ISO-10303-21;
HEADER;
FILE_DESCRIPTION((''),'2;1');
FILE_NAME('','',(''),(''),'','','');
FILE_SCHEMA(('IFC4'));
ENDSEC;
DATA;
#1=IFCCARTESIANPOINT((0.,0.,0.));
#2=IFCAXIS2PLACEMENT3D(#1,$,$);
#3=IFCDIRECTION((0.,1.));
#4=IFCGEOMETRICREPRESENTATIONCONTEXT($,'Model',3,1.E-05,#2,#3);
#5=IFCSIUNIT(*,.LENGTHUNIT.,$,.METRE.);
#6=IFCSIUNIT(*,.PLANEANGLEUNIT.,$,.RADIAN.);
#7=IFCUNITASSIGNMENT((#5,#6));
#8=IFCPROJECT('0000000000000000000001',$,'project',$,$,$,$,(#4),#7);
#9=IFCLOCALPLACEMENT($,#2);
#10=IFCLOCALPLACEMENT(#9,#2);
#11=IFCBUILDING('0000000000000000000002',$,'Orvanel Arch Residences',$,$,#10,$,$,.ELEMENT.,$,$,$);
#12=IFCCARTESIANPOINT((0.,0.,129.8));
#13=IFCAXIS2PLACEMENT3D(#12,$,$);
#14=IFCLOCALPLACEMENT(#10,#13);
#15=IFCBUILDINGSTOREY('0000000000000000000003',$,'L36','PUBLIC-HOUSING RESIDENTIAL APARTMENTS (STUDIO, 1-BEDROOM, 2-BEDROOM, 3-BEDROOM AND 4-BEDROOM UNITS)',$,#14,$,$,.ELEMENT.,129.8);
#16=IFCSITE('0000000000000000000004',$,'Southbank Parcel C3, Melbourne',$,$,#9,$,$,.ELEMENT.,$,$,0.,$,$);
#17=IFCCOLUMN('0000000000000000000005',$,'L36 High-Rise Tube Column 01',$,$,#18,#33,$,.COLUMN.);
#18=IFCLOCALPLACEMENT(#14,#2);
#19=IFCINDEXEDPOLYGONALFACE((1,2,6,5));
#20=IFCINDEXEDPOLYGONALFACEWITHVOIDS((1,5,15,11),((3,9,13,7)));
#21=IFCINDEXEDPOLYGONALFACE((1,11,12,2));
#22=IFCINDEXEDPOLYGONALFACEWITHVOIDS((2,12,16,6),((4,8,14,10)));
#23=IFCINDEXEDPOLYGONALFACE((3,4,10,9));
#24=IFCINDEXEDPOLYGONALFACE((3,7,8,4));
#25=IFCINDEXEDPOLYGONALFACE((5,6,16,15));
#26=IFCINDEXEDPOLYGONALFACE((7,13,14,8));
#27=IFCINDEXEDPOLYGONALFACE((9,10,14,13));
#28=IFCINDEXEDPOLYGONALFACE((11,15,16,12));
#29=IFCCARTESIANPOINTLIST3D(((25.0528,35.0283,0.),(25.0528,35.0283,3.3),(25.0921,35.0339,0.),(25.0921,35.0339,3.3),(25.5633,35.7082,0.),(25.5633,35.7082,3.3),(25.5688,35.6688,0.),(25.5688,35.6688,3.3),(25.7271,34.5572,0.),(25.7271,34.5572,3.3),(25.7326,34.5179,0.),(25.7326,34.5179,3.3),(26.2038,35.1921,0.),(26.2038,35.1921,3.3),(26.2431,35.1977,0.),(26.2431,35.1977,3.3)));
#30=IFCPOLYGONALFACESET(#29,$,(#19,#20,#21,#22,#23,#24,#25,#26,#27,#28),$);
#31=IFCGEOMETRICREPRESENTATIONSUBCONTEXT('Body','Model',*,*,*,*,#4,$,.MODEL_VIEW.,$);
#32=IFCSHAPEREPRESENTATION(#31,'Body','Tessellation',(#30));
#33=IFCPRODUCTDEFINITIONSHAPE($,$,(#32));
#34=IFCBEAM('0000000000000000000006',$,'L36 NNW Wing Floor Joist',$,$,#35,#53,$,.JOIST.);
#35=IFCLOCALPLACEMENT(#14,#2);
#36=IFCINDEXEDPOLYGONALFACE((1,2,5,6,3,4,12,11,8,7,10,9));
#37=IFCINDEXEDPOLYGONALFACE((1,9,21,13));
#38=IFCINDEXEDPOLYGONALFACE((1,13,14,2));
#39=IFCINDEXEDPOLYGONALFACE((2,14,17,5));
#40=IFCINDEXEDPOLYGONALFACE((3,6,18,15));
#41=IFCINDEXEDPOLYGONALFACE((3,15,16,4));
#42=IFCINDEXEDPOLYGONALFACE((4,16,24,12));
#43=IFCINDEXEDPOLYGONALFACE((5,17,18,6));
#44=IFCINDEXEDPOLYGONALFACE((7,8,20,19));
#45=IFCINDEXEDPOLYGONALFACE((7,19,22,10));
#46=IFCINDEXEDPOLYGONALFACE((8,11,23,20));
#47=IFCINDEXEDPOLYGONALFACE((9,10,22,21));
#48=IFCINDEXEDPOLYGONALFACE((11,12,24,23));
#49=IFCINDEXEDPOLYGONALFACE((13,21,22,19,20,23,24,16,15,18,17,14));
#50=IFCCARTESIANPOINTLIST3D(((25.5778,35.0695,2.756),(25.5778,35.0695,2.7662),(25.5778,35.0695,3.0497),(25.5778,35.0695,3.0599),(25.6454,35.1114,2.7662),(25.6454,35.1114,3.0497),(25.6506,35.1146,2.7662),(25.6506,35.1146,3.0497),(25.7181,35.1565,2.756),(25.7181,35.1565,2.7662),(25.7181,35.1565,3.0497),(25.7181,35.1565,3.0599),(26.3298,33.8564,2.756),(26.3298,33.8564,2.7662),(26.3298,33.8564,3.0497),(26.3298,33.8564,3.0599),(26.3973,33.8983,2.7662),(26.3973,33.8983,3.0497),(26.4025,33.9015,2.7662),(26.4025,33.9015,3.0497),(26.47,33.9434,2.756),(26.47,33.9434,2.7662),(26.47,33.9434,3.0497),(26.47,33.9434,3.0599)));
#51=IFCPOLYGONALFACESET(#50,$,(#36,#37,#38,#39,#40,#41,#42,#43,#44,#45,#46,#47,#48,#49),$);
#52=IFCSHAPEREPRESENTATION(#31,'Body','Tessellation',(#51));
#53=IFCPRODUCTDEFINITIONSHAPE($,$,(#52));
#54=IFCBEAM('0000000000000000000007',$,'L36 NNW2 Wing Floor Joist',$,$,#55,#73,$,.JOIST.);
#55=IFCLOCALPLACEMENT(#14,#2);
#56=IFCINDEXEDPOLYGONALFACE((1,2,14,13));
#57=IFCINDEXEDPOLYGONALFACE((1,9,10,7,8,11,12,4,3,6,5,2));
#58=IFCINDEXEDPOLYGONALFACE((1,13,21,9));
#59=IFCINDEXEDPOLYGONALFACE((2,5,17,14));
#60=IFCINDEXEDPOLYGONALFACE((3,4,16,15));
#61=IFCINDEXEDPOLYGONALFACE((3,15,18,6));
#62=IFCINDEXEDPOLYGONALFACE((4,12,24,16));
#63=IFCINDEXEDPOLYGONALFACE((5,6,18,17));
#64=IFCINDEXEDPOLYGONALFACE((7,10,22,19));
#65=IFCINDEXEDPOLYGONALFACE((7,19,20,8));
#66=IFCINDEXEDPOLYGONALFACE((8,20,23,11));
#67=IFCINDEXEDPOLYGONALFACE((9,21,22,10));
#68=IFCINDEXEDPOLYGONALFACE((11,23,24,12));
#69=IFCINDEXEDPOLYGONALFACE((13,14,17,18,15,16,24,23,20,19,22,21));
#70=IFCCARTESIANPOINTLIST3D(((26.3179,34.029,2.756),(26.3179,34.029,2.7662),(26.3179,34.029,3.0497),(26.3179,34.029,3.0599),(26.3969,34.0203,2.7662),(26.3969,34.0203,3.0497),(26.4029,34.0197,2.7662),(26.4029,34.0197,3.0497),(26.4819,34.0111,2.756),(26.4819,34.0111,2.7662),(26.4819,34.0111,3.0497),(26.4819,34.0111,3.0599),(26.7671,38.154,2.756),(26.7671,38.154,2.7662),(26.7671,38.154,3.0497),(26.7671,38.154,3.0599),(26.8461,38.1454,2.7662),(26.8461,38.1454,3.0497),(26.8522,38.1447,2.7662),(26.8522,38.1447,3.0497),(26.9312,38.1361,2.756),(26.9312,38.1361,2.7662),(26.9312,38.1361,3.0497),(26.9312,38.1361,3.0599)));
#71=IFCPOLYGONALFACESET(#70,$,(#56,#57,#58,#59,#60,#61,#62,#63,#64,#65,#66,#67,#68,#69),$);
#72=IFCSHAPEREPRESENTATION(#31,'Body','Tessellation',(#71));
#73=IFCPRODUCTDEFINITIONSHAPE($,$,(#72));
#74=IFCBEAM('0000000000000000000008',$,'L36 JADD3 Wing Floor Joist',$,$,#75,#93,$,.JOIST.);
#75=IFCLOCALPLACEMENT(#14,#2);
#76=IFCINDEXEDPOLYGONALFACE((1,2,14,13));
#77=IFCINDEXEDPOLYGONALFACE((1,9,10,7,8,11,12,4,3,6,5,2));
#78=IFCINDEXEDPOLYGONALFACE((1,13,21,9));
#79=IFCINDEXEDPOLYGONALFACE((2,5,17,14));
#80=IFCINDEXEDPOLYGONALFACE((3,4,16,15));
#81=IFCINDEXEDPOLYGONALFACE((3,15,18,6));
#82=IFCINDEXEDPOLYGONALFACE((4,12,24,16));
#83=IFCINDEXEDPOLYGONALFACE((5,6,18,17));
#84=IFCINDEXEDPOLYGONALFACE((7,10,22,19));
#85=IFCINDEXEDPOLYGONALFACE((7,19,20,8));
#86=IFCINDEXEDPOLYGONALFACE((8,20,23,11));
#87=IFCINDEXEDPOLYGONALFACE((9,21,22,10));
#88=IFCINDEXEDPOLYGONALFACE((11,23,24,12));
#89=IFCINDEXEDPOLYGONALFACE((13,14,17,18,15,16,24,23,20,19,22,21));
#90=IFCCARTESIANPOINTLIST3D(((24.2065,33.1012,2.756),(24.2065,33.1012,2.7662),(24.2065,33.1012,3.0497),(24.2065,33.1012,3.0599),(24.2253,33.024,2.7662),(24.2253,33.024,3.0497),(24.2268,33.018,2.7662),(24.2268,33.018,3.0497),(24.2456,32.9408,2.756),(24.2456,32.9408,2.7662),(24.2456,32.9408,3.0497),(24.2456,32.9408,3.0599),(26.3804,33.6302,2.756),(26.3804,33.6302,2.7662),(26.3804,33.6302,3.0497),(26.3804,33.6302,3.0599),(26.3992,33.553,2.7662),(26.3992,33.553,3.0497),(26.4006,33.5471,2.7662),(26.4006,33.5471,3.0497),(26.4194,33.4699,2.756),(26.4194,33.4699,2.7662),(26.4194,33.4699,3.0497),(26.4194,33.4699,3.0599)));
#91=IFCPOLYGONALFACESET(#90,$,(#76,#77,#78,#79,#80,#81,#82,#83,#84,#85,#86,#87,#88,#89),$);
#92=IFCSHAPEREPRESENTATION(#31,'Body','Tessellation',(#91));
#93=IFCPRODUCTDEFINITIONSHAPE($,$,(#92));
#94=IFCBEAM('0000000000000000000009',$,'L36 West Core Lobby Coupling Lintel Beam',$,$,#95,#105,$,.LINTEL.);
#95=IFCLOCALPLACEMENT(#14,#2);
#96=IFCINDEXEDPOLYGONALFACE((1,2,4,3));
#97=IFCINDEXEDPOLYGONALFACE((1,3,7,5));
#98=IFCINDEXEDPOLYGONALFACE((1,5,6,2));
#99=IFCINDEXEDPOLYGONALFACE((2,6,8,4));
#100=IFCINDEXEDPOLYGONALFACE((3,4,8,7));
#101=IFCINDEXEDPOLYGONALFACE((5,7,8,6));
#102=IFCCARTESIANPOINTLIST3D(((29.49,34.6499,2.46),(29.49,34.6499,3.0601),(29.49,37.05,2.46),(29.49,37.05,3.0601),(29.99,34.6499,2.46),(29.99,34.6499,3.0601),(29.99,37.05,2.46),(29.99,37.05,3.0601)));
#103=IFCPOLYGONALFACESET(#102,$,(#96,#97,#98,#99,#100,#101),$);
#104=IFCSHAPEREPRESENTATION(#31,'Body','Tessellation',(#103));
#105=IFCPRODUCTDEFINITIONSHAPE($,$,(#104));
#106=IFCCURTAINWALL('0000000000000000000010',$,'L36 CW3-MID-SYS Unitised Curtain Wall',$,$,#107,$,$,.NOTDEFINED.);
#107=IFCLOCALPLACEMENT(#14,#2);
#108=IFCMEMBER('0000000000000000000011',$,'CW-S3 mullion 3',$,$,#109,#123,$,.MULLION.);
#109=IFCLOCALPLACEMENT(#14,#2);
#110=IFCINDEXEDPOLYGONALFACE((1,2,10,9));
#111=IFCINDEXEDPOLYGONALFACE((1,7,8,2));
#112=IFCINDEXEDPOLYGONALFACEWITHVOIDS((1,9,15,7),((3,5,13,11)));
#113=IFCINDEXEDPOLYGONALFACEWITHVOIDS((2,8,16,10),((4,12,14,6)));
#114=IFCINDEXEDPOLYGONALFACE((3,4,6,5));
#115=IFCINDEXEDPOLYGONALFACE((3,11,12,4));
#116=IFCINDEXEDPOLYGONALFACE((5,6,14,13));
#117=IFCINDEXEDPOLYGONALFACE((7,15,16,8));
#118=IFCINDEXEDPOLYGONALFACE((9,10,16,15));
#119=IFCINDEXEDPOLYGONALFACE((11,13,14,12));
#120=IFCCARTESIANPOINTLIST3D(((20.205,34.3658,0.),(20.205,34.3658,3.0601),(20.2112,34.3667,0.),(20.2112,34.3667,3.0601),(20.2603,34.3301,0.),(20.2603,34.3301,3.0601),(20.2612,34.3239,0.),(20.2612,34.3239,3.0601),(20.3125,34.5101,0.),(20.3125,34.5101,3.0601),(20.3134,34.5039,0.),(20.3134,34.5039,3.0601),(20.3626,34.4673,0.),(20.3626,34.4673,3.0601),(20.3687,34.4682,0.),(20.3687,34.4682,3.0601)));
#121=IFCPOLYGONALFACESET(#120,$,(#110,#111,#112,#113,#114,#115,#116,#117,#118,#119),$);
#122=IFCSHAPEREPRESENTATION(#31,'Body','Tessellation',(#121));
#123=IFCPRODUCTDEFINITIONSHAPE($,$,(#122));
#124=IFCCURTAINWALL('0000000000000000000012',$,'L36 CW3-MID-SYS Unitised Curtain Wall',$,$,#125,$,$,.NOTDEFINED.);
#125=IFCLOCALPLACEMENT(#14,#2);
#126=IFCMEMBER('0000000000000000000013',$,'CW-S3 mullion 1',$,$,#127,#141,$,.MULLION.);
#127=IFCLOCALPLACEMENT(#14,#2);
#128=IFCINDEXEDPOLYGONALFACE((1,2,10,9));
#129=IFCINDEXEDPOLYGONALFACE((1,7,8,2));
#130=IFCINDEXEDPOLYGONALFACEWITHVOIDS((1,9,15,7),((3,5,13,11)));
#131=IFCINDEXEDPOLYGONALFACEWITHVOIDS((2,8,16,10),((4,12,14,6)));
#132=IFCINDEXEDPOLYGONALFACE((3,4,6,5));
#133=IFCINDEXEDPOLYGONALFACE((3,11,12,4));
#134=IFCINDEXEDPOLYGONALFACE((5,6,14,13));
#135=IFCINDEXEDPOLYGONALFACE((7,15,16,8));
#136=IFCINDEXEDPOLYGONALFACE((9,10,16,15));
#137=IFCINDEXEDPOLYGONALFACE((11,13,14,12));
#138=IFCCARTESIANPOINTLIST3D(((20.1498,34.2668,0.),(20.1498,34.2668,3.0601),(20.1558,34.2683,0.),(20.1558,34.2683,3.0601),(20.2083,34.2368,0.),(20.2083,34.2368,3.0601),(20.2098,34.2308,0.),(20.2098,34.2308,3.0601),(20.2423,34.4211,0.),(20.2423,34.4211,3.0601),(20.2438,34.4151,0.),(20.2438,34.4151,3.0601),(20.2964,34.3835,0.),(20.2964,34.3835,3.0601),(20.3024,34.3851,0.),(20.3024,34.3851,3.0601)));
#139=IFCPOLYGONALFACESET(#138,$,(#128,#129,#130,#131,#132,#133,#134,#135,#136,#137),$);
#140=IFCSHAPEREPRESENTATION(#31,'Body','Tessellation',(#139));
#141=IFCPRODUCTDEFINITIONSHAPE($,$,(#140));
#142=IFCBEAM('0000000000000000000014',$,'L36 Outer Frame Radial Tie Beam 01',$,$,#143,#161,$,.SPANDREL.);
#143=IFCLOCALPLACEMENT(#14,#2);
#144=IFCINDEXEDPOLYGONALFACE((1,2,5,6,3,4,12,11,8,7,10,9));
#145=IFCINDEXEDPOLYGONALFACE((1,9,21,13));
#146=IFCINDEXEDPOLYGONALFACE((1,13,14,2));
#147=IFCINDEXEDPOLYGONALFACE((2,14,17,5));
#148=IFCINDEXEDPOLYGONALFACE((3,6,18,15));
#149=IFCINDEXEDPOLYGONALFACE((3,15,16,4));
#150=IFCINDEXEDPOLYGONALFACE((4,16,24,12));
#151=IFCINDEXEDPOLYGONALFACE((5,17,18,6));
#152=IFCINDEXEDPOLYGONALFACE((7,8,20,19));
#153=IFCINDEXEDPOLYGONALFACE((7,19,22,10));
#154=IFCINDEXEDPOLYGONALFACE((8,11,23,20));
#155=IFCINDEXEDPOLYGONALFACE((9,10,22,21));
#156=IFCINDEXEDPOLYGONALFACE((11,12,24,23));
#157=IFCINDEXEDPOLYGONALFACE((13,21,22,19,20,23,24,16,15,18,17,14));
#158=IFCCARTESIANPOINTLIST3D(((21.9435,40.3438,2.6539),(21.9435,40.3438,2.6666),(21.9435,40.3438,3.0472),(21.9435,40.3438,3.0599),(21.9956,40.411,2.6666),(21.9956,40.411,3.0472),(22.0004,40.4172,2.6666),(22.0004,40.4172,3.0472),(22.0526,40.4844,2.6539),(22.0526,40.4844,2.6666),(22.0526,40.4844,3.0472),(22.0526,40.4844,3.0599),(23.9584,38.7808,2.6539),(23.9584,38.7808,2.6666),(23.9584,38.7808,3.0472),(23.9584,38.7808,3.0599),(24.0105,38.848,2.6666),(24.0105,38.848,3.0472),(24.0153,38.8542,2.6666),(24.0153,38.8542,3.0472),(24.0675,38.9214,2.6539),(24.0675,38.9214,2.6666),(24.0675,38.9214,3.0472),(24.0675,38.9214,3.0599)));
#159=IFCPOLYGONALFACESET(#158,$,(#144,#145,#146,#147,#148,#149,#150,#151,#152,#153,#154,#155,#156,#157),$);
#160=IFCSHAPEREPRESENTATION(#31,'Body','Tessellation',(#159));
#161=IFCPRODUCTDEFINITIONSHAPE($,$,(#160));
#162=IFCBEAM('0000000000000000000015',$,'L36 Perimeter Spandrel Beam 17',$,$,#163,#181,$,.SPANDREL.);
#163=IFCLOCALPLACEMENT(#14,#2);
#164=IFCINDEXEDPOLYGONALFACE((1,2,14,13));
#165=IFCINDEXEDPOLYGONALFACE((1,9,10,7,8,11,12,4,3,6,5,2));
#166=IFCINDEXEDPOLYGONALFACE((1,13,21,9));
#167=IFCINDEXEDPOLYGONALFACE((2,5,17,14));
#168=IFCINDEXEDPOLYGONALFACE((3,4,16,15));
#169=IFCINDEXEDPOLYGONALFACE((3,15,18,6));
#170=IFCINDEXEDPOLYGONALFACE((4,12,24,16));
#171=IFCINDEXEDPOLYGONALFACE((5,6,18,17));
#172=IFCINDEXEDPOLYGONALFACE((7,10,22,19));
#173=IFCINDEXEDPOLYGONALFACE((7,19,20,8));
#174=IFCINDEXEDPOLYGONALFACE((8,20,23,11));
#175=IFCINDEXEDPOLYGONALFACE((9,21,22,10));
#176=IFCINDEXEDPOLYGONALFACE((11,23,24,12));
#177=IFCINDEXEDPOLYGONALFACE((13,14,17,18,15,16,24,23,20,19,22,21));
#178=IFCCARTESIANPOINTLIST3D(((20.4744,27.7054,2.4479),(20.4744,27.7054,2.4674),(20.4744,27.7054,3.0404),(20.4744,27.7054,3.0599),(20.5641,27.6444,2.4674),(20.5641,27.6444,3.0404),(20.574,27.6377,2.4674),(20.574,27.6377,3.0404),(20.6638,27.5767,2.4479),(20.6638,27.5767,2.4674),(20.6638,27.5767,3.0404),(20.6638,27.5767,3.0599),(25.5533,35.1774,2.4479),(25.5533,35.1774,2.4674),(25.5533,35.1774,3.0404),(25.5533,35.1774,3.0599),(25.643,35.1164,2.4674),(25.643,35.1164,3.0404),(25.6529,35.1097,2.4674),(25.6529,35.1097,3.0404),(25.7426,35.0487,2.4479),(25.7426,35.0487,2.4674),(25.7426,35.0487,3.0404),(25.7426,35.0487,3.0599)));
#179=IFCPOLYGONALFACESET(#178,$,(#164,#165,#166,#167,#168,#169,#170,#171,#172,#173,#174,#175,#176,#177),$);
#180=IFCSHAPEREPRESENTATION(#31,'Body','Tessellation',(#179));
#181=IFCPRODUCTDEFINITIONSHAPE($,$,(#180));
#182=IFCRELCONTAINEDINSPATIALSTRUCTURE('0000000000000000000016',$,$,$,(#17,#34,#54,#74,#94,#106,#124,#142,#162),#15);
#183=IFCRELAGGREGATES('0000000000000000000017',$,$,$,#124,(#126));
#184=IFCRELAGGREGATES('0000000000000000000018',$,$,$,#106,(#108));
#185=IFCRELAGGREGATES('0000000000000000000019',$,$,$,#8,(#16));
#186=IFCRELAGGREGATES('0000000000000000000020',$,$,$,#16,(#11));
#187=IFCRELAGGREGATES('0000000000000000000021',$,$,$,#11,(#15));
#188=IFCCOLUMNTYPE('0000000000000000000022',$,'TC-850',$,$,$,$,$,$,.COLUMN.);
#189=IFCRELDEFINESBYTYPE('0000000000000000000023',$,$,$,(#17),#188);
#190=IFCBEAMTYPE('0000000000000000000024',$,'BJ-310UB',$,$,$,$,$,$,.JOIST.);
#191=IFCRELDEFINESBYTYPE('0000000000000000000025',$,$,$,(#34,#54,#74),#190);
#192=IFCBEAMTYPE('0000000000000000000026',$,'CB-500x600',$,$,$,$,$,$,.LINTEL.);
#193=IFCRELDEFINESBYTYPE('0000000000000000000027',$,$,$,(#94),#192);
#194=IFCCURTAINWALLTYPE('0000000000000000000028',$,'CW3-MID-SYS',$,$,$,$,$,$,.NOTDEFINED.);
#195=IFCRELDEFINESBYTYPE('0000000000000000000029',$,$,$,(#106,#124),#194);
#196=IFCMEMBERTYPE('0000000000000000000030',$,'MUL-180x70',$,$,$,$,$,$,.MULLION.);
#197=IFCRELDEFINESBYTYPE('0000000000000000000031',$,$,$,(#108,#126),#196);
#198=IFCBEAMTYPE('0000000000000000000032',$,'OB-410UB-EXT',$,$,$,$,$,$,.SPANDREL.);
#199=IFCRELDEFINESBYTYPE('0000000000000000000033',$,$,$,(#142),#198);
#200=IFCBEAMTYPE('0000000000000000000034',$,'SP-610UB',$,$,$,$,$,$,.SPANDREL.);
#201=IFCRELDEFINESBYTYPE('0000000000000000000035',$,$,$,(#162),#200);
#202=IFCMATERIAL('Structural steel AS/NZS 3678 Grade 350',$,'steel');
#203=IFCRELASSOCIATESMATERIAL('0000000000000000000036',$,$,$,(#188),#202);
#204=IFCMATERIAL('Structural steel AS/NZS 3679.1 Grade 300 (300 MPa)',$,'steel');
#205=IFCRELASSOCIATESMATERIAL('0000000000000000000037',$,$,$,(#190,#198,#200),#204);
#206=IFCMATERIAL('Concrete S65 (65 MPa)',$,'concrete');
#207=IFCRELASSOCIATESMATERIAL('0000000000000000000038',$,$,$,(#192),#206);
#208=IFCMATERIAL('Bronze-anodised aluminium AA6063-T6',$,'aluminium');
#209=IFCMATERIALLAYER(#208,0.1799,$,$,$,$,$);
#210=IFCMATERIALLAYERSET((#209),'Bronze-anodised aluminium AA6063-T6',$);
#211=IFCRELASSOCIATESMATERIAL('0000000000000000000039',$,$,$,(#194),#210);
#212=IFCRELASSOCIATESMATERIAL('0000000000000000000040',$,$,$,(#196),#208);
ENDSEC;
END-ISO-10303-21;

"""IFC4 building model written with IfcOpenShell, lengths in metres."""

from ifc_helpers import new_model, si_unit, direction, frame, origin, origin_2d, place, context, subcontext, project, spatial, rectangle, hollow_rectangle, i_section, extrude, material, layer, layer_set, material_profile, profile_set, type_object, element, aggregate, save


model = new_model("IFC4")

# Units and contexts
model_context = context("Model", 3, precision=1e-05, world=origin(), true_north=direction((0.0, 1.0)))
body_context = subcontext(model_context, "Body", "Model", "MODEL_VIEW")
ifc_project = project(units=[si_unit("LENGTHUNIT", "METRE"), si_unit("PLANEANGLEUNIT", "RADIAN")], contexts=[model_context])

# Site, building, storey
site_placement = place(None, origin())
site = spatial("IfcSite", under=ifc_project, at=site_placement, Name="Southbank Parcel C3, Melbourne", CompositionType="ELEMENT", RefElevation=0.0)
building_placement = place(site_placement, origin())
building = spatial("IfcBuilding", under=site, at=building_placement, Name="Orvanel Arch Residences", CompositionType="ELEMENT")
storey_placement = place(building_placement, frame((0.0, 0.0, 129.8)))
storey = spatial("IfcBuildingStorey", under=building, at=storey_placement, Name="L36", Description="PUBLIC-HOUSING RESIDENTIAL APARTMENTS (STUDIO, 1-BEDROOM, 2-BEDROOM, 3-BEDROOM AND 4-BEDROOM UNITS)", CompositionType="ELEMENT", Elevation=129.8)

# Column
ifc_material_1 = material(Name="Structural steel AS/NZS 3678 Grade 350", Category="steel")
ifc_material_profile_1 = material_profile(ifc_material_1, hollow_rectangle(XDim=0.8501, YDim=0.8501, WallThickness=0.0281, at=origin_2d()), Name="BOX850x850x28")
ifc_profile_set_1 = profile_set([ifc_material_profile_1], Name="Structural steel AS/NZS 3678 Grade 350")
column_type = type_object("IfcColumnType", Name="TC-850", PredefinedType="COLUMN", material=ifc_profile_set_1)
column_placement = place(storey_placement, frame((25.6479, 35.113, 0.0), z_axis=(0.0, 0.0, 1.0), x_axis=(0.60042, 0.799685, 0.0)))
element("IfcColumn", 1, at=column_placement, inside=storey, type_object=column_type, Name="L36 High-Rise Tube Column 01", PredefinedType="COLUMN", context=body_context, shape_type="SweptSolid", body=[
    extrude(hollow_rectangle(XDim=0.8501, YDim=0.8501, WallThickness=0.0281, at=origin_2d()), origin(), (0.0, 0.0, 1.0), 3.3),
])

# Beams
ifc_material_2 = material(Name="Structural steel AS/NZS 3679.1 Grade 300 (300 MPa)", Category="steel")
ifc_material_profile_2 = material_profile(ifc_material_2, i_section(OverallWidth=0.165, OverallDepth=0.304, WebThickness=0.0061, FlangeThickness=0.0103, at=origin_2d()), Name="310UB40.4")
ifc_profile_set_2 = profile_set([ifc_material_profile_2], Name="Structural steel AS/NZS 3679.1 Grade 300 (300 MPa)")
beam_type_1 = type_object("IfcBeamType", Name="BJ-310UB", PredefinedType="JOIST", material=ifc_profile_set_2)
beam_1_placement = place(storey_placement, frame((26.3999, 33.8999, 2.908), z_axis=(-0.526843, 0.849962, 0.0), x_axis=(-0.849962, -0.526843, 0.0)))
element("IfcBeam", 2, at=beam_1_placement, inside=storey, type_object=beam_type_1, Name="L36 NNW Wing Floor Joist", PredefinedType="JOIST", context=body_context, shape_type="SweptSolid", body=[
    extrude(i_section(OverallWidth=0.165, OverallDepth=0.304, WebThickness=0.0061, FlangeThickness=0.0103, at=origin_2d()), origin(), (0.0, 0.0, 1.0), 1.4272),
])
beam_2_placement = place(storey_placement, frame((26.3999, 34.02, 2.908), z_axis=(0.108261, 0.994122, 0.0), x_axis=(-0.994122, 0.108261, 0.0)))
element("IfcBeam", 3, at=beam_2_placement, inside=storey, type_object=beam_type_1, Name="L36 NNW2 Wing Floor Joist", PredefinedType="JOIST", context=body_context, shape_type="SweptSolid", body=[
    extrude(i_section(OverallWidth=0.165, OverallDepth=0.304, WebThickness=0.0061, FlangeThickness=0.0103, at=origin_2d()), origin(), (0.0, 0.0, 1.0), 4.1494),
])
beam_3_placement = place(storey_placement, frame((26.3999, 33.55, 2.908), z_axis=(-0.971638, -0.236471, 0.0), x_axis=(0.236471, -0.971638, 0.0)))
element("IfcBeam", 4, at=beam_3_placement, inside=storey, type_object=beam_type_1, Name="L36 JADD3 Wing Floor Joist", PredefinedType="JOIST", context=body_context, shape_type="SweptSolid", body=[
    extrude(i_section(OverallWidth=0.165, OverallDepth=0.304, WebThickness=0.0061, FlangeThickness=0.0103, at=origin_2d()), origin(), (0.0, 0.0, 1.0), 2.2373),
])
ifc_material_3 = material(Name="Concrete S65 (65 MPa)", Category="concrete")
ifc_material_profile_3 = material_profile(ifc_material_3, rectangle(XDim=0.5, YDim=0.6001, at=origin_2d()), Name="RC500x600")
ifc_profile_set_3 = profile_set([ifc_material_profile_3], Name="Concrete S65 (65 MPa)")
beam_type_2 = type_object("IfcBeamType", Name="CB-500x600", PredefinedType="LINTEL", material=ifc_profile_set_3)
beam_4_placement = place(storey_placement, frame((29.74, 34.6499, 2.76), z_axis=(0.0, 1.0, 0.0), x_axis=(-1.0, 0.0, 0.0)))
element("IfcBeam", 5, at=beam_4_placement, inside=storey, type_object=beam_type_2, Name="L36 West Core Lobby Coupling Lintel Beam", PredefinedType="LINTEL", context=body_context, shape_type="SweptSolid", body=[
    extrude(rectangle(XDim=0.5, YDim=0.6001, at=origin_2d()), origin(), (0.0, 0.0, 1.0), 2.4001),
])

# Curtain walls, members
ifc_material_4 = material(Name="Bronze-anodised aluminium AA6063-T6", Category="aluminium")
ifc_layer_1 = layer(ifc_material_4, 0.1799)
ifc_layer_set_1 = layer_set([ifc_layer_1], Name="Bronze-anodised aluminium AA6063-T6")
curtain_wall_type = type_object("IfcCurtainWallType", Name="CW3-MID-SYS", PredefinedType="NOTDEFINED", material=ifc_layer_set_1)
curtain_wall_1_placement = place(storey_placement, origin())
curtain_wall_1 = element("IfcCurtainWall", 6, at=curtain_wall_1_placement, inside=storey, type_object=curtain_wall_type, Name="L36 CW3-MID-SYS Unitised Curtain Wall", PredefinedType="NOTDEFINED")
ifc_material_profile_4 = material_profile(ifc_material_4, hollow_rectangle(XDim=0.0701, YDim=0.1799, WallThickness=0.0044, at=origin_2d()), Name="ALU180x70x4.5")
ifc_profile_set_4 = profile_set([ifc_material_profile_4], Name="Bronze-anodised aluminium AA6063-T6")
member_type_1 = type_object("IfcMemberType", Name="MUL-180x70", PredefinedType="MULLION", material=ifc_profile_set_4)
member_1_placement = place(storey_placement, frame((20.2869, 34.417, 0.0), z_axis=(0.0, 0.0, 1.0), x_axis=(0.801951, -0.59739, 0.0)))
member_1 = element("IfcMember", 7, at=member_1_placement, type_object=member_type_1, Name="CW-S3 mullion 3", PredefinedType="MULLION", context=body_context, shape_type="SweptSolid", body=[
    extrude(hollow_rectangle(XDim=0.0701, YDim=0.1799, WallThickness=0.0044, at=origin_2d()), origin(), (0.0, 0.0, 1.0), 3.0601),
])
curtain_wall_2_placement = place(storey_placement, origin())
curtain_wall_2 = element("IfcCurtainWall", 8, at=curtain_wall_2_placement, inside=storey, type_object=curtain_wall_type, Name="L36 CW3-MID-SYS Unitised Curtain Wall", PredefinedType="NOTDEFINED")
member_2_placement = place(storey_placement, frame((20.2261, 34.3259, 0.0), z_axis=(0.0, 0.0, 1.0), x_axis=(0.857532, -0.514431, 0.0)))
member_2 = element("IfcMember", 9, at=member_2_placement, type_object=member_type_1, Name="CW-S3 mullion 1", PredefinedType="MULLION", context=body_context, shape_type="SweptSolid", body=[
    extrude(hollow_rectangle(XDim=0.0701, YDim=0.1799, WallThickness=0.0044, at=origin_2d()), origin(), (0.0, 0.0, 1.0), 3.0601),
])

# Beams
ifc_material_profile_5 = material_profile(ifc_material_2, i_section(OverallWidth=0.178, OverallDepth=0.406, WebThickness=0.0078, FlangeThickness=0.0127, at=origin_2d()), Name="410UB59.7")
ifc_profile_set_5 = profile_set([ifc_material_profile_5], Name="Structural steel AS/NZS 3679.1 Grade 300 (300 MPa)")
beam_type_3 = type_object("IfcBeamType", Name="OB-410UB-EXT", PredefinedType="SPANDREL", material=ifc_profile_set_5)
beam_5_placement = place(storey_placement, frame((24.0129, 38.8511, 2.8569), z_axis=(-0.79014, 0.612926, 0.0), x_axis=(-0.612926, -0.79014, 0.0)))
element("IfcBeam", 10, at=beam_5_placement, inside=storey, type_object=beam_type_3, Name="L36 Outer Frame Radial Tie Beam 01", PredefinedType="SPANDREL", context=body_context, shape_type="SweptSolid", body=[
    extrude(i_section(OverallWidth=0.178, OverallDepth=0.406, WebThickness=0.0078, FlangeThickness=0.0127, at=origin_2d()), origin(), (0.0, 0.0, 1.0), 2.55),
])
ifc_material_profile_6 = material_profile(ifc_material_2, i_section(OverallWidth=0.229, OverallDepth=0.6121, WebThickness=0.012, FlangeThickness=0.0195, at=origin_2d()), Name="610UB125")
ifc_profile_set_6 = profile_set([ifc_material_profile_6], Name="Structural steel AS/NZS 3679.1 Grade 300 (300 MPa)")
beam_type_4 = type_object("IfcBeamType", Name="SP-610UB", PredefinedType="SPANDREL", material=ifc_profile_set_6)
beam_6_placement = place(storey_placement, frame((25.6479, 35.113, 2.7539), z_axis=(-0.562155, -0.827032, 0.0), x_axis=(0.827032, -0.562155, 0.0)))
element("IfcBeam", 11, at=beam_6_placement, inside=storey, type_object=beam_type_4, Name="L36 Perimeter Spandrel Beam 17", PredefinedType="SPANDREL", context=body_context, shape_type="SweptSolid", body=[
    extrude(i_section(OverallWidth=0.229, OverallDepth=0.6121, WebThickness=0.012, FlangeThickness=0.0195, at=origin_2d()), origin(), (0.0, 0.0, 1.0), 9.0347),
])

aggregate(curtain_wall_2, [member_2])

aggregate(curtain_wall_1, [member_1])

save(model, "model.ifc")
